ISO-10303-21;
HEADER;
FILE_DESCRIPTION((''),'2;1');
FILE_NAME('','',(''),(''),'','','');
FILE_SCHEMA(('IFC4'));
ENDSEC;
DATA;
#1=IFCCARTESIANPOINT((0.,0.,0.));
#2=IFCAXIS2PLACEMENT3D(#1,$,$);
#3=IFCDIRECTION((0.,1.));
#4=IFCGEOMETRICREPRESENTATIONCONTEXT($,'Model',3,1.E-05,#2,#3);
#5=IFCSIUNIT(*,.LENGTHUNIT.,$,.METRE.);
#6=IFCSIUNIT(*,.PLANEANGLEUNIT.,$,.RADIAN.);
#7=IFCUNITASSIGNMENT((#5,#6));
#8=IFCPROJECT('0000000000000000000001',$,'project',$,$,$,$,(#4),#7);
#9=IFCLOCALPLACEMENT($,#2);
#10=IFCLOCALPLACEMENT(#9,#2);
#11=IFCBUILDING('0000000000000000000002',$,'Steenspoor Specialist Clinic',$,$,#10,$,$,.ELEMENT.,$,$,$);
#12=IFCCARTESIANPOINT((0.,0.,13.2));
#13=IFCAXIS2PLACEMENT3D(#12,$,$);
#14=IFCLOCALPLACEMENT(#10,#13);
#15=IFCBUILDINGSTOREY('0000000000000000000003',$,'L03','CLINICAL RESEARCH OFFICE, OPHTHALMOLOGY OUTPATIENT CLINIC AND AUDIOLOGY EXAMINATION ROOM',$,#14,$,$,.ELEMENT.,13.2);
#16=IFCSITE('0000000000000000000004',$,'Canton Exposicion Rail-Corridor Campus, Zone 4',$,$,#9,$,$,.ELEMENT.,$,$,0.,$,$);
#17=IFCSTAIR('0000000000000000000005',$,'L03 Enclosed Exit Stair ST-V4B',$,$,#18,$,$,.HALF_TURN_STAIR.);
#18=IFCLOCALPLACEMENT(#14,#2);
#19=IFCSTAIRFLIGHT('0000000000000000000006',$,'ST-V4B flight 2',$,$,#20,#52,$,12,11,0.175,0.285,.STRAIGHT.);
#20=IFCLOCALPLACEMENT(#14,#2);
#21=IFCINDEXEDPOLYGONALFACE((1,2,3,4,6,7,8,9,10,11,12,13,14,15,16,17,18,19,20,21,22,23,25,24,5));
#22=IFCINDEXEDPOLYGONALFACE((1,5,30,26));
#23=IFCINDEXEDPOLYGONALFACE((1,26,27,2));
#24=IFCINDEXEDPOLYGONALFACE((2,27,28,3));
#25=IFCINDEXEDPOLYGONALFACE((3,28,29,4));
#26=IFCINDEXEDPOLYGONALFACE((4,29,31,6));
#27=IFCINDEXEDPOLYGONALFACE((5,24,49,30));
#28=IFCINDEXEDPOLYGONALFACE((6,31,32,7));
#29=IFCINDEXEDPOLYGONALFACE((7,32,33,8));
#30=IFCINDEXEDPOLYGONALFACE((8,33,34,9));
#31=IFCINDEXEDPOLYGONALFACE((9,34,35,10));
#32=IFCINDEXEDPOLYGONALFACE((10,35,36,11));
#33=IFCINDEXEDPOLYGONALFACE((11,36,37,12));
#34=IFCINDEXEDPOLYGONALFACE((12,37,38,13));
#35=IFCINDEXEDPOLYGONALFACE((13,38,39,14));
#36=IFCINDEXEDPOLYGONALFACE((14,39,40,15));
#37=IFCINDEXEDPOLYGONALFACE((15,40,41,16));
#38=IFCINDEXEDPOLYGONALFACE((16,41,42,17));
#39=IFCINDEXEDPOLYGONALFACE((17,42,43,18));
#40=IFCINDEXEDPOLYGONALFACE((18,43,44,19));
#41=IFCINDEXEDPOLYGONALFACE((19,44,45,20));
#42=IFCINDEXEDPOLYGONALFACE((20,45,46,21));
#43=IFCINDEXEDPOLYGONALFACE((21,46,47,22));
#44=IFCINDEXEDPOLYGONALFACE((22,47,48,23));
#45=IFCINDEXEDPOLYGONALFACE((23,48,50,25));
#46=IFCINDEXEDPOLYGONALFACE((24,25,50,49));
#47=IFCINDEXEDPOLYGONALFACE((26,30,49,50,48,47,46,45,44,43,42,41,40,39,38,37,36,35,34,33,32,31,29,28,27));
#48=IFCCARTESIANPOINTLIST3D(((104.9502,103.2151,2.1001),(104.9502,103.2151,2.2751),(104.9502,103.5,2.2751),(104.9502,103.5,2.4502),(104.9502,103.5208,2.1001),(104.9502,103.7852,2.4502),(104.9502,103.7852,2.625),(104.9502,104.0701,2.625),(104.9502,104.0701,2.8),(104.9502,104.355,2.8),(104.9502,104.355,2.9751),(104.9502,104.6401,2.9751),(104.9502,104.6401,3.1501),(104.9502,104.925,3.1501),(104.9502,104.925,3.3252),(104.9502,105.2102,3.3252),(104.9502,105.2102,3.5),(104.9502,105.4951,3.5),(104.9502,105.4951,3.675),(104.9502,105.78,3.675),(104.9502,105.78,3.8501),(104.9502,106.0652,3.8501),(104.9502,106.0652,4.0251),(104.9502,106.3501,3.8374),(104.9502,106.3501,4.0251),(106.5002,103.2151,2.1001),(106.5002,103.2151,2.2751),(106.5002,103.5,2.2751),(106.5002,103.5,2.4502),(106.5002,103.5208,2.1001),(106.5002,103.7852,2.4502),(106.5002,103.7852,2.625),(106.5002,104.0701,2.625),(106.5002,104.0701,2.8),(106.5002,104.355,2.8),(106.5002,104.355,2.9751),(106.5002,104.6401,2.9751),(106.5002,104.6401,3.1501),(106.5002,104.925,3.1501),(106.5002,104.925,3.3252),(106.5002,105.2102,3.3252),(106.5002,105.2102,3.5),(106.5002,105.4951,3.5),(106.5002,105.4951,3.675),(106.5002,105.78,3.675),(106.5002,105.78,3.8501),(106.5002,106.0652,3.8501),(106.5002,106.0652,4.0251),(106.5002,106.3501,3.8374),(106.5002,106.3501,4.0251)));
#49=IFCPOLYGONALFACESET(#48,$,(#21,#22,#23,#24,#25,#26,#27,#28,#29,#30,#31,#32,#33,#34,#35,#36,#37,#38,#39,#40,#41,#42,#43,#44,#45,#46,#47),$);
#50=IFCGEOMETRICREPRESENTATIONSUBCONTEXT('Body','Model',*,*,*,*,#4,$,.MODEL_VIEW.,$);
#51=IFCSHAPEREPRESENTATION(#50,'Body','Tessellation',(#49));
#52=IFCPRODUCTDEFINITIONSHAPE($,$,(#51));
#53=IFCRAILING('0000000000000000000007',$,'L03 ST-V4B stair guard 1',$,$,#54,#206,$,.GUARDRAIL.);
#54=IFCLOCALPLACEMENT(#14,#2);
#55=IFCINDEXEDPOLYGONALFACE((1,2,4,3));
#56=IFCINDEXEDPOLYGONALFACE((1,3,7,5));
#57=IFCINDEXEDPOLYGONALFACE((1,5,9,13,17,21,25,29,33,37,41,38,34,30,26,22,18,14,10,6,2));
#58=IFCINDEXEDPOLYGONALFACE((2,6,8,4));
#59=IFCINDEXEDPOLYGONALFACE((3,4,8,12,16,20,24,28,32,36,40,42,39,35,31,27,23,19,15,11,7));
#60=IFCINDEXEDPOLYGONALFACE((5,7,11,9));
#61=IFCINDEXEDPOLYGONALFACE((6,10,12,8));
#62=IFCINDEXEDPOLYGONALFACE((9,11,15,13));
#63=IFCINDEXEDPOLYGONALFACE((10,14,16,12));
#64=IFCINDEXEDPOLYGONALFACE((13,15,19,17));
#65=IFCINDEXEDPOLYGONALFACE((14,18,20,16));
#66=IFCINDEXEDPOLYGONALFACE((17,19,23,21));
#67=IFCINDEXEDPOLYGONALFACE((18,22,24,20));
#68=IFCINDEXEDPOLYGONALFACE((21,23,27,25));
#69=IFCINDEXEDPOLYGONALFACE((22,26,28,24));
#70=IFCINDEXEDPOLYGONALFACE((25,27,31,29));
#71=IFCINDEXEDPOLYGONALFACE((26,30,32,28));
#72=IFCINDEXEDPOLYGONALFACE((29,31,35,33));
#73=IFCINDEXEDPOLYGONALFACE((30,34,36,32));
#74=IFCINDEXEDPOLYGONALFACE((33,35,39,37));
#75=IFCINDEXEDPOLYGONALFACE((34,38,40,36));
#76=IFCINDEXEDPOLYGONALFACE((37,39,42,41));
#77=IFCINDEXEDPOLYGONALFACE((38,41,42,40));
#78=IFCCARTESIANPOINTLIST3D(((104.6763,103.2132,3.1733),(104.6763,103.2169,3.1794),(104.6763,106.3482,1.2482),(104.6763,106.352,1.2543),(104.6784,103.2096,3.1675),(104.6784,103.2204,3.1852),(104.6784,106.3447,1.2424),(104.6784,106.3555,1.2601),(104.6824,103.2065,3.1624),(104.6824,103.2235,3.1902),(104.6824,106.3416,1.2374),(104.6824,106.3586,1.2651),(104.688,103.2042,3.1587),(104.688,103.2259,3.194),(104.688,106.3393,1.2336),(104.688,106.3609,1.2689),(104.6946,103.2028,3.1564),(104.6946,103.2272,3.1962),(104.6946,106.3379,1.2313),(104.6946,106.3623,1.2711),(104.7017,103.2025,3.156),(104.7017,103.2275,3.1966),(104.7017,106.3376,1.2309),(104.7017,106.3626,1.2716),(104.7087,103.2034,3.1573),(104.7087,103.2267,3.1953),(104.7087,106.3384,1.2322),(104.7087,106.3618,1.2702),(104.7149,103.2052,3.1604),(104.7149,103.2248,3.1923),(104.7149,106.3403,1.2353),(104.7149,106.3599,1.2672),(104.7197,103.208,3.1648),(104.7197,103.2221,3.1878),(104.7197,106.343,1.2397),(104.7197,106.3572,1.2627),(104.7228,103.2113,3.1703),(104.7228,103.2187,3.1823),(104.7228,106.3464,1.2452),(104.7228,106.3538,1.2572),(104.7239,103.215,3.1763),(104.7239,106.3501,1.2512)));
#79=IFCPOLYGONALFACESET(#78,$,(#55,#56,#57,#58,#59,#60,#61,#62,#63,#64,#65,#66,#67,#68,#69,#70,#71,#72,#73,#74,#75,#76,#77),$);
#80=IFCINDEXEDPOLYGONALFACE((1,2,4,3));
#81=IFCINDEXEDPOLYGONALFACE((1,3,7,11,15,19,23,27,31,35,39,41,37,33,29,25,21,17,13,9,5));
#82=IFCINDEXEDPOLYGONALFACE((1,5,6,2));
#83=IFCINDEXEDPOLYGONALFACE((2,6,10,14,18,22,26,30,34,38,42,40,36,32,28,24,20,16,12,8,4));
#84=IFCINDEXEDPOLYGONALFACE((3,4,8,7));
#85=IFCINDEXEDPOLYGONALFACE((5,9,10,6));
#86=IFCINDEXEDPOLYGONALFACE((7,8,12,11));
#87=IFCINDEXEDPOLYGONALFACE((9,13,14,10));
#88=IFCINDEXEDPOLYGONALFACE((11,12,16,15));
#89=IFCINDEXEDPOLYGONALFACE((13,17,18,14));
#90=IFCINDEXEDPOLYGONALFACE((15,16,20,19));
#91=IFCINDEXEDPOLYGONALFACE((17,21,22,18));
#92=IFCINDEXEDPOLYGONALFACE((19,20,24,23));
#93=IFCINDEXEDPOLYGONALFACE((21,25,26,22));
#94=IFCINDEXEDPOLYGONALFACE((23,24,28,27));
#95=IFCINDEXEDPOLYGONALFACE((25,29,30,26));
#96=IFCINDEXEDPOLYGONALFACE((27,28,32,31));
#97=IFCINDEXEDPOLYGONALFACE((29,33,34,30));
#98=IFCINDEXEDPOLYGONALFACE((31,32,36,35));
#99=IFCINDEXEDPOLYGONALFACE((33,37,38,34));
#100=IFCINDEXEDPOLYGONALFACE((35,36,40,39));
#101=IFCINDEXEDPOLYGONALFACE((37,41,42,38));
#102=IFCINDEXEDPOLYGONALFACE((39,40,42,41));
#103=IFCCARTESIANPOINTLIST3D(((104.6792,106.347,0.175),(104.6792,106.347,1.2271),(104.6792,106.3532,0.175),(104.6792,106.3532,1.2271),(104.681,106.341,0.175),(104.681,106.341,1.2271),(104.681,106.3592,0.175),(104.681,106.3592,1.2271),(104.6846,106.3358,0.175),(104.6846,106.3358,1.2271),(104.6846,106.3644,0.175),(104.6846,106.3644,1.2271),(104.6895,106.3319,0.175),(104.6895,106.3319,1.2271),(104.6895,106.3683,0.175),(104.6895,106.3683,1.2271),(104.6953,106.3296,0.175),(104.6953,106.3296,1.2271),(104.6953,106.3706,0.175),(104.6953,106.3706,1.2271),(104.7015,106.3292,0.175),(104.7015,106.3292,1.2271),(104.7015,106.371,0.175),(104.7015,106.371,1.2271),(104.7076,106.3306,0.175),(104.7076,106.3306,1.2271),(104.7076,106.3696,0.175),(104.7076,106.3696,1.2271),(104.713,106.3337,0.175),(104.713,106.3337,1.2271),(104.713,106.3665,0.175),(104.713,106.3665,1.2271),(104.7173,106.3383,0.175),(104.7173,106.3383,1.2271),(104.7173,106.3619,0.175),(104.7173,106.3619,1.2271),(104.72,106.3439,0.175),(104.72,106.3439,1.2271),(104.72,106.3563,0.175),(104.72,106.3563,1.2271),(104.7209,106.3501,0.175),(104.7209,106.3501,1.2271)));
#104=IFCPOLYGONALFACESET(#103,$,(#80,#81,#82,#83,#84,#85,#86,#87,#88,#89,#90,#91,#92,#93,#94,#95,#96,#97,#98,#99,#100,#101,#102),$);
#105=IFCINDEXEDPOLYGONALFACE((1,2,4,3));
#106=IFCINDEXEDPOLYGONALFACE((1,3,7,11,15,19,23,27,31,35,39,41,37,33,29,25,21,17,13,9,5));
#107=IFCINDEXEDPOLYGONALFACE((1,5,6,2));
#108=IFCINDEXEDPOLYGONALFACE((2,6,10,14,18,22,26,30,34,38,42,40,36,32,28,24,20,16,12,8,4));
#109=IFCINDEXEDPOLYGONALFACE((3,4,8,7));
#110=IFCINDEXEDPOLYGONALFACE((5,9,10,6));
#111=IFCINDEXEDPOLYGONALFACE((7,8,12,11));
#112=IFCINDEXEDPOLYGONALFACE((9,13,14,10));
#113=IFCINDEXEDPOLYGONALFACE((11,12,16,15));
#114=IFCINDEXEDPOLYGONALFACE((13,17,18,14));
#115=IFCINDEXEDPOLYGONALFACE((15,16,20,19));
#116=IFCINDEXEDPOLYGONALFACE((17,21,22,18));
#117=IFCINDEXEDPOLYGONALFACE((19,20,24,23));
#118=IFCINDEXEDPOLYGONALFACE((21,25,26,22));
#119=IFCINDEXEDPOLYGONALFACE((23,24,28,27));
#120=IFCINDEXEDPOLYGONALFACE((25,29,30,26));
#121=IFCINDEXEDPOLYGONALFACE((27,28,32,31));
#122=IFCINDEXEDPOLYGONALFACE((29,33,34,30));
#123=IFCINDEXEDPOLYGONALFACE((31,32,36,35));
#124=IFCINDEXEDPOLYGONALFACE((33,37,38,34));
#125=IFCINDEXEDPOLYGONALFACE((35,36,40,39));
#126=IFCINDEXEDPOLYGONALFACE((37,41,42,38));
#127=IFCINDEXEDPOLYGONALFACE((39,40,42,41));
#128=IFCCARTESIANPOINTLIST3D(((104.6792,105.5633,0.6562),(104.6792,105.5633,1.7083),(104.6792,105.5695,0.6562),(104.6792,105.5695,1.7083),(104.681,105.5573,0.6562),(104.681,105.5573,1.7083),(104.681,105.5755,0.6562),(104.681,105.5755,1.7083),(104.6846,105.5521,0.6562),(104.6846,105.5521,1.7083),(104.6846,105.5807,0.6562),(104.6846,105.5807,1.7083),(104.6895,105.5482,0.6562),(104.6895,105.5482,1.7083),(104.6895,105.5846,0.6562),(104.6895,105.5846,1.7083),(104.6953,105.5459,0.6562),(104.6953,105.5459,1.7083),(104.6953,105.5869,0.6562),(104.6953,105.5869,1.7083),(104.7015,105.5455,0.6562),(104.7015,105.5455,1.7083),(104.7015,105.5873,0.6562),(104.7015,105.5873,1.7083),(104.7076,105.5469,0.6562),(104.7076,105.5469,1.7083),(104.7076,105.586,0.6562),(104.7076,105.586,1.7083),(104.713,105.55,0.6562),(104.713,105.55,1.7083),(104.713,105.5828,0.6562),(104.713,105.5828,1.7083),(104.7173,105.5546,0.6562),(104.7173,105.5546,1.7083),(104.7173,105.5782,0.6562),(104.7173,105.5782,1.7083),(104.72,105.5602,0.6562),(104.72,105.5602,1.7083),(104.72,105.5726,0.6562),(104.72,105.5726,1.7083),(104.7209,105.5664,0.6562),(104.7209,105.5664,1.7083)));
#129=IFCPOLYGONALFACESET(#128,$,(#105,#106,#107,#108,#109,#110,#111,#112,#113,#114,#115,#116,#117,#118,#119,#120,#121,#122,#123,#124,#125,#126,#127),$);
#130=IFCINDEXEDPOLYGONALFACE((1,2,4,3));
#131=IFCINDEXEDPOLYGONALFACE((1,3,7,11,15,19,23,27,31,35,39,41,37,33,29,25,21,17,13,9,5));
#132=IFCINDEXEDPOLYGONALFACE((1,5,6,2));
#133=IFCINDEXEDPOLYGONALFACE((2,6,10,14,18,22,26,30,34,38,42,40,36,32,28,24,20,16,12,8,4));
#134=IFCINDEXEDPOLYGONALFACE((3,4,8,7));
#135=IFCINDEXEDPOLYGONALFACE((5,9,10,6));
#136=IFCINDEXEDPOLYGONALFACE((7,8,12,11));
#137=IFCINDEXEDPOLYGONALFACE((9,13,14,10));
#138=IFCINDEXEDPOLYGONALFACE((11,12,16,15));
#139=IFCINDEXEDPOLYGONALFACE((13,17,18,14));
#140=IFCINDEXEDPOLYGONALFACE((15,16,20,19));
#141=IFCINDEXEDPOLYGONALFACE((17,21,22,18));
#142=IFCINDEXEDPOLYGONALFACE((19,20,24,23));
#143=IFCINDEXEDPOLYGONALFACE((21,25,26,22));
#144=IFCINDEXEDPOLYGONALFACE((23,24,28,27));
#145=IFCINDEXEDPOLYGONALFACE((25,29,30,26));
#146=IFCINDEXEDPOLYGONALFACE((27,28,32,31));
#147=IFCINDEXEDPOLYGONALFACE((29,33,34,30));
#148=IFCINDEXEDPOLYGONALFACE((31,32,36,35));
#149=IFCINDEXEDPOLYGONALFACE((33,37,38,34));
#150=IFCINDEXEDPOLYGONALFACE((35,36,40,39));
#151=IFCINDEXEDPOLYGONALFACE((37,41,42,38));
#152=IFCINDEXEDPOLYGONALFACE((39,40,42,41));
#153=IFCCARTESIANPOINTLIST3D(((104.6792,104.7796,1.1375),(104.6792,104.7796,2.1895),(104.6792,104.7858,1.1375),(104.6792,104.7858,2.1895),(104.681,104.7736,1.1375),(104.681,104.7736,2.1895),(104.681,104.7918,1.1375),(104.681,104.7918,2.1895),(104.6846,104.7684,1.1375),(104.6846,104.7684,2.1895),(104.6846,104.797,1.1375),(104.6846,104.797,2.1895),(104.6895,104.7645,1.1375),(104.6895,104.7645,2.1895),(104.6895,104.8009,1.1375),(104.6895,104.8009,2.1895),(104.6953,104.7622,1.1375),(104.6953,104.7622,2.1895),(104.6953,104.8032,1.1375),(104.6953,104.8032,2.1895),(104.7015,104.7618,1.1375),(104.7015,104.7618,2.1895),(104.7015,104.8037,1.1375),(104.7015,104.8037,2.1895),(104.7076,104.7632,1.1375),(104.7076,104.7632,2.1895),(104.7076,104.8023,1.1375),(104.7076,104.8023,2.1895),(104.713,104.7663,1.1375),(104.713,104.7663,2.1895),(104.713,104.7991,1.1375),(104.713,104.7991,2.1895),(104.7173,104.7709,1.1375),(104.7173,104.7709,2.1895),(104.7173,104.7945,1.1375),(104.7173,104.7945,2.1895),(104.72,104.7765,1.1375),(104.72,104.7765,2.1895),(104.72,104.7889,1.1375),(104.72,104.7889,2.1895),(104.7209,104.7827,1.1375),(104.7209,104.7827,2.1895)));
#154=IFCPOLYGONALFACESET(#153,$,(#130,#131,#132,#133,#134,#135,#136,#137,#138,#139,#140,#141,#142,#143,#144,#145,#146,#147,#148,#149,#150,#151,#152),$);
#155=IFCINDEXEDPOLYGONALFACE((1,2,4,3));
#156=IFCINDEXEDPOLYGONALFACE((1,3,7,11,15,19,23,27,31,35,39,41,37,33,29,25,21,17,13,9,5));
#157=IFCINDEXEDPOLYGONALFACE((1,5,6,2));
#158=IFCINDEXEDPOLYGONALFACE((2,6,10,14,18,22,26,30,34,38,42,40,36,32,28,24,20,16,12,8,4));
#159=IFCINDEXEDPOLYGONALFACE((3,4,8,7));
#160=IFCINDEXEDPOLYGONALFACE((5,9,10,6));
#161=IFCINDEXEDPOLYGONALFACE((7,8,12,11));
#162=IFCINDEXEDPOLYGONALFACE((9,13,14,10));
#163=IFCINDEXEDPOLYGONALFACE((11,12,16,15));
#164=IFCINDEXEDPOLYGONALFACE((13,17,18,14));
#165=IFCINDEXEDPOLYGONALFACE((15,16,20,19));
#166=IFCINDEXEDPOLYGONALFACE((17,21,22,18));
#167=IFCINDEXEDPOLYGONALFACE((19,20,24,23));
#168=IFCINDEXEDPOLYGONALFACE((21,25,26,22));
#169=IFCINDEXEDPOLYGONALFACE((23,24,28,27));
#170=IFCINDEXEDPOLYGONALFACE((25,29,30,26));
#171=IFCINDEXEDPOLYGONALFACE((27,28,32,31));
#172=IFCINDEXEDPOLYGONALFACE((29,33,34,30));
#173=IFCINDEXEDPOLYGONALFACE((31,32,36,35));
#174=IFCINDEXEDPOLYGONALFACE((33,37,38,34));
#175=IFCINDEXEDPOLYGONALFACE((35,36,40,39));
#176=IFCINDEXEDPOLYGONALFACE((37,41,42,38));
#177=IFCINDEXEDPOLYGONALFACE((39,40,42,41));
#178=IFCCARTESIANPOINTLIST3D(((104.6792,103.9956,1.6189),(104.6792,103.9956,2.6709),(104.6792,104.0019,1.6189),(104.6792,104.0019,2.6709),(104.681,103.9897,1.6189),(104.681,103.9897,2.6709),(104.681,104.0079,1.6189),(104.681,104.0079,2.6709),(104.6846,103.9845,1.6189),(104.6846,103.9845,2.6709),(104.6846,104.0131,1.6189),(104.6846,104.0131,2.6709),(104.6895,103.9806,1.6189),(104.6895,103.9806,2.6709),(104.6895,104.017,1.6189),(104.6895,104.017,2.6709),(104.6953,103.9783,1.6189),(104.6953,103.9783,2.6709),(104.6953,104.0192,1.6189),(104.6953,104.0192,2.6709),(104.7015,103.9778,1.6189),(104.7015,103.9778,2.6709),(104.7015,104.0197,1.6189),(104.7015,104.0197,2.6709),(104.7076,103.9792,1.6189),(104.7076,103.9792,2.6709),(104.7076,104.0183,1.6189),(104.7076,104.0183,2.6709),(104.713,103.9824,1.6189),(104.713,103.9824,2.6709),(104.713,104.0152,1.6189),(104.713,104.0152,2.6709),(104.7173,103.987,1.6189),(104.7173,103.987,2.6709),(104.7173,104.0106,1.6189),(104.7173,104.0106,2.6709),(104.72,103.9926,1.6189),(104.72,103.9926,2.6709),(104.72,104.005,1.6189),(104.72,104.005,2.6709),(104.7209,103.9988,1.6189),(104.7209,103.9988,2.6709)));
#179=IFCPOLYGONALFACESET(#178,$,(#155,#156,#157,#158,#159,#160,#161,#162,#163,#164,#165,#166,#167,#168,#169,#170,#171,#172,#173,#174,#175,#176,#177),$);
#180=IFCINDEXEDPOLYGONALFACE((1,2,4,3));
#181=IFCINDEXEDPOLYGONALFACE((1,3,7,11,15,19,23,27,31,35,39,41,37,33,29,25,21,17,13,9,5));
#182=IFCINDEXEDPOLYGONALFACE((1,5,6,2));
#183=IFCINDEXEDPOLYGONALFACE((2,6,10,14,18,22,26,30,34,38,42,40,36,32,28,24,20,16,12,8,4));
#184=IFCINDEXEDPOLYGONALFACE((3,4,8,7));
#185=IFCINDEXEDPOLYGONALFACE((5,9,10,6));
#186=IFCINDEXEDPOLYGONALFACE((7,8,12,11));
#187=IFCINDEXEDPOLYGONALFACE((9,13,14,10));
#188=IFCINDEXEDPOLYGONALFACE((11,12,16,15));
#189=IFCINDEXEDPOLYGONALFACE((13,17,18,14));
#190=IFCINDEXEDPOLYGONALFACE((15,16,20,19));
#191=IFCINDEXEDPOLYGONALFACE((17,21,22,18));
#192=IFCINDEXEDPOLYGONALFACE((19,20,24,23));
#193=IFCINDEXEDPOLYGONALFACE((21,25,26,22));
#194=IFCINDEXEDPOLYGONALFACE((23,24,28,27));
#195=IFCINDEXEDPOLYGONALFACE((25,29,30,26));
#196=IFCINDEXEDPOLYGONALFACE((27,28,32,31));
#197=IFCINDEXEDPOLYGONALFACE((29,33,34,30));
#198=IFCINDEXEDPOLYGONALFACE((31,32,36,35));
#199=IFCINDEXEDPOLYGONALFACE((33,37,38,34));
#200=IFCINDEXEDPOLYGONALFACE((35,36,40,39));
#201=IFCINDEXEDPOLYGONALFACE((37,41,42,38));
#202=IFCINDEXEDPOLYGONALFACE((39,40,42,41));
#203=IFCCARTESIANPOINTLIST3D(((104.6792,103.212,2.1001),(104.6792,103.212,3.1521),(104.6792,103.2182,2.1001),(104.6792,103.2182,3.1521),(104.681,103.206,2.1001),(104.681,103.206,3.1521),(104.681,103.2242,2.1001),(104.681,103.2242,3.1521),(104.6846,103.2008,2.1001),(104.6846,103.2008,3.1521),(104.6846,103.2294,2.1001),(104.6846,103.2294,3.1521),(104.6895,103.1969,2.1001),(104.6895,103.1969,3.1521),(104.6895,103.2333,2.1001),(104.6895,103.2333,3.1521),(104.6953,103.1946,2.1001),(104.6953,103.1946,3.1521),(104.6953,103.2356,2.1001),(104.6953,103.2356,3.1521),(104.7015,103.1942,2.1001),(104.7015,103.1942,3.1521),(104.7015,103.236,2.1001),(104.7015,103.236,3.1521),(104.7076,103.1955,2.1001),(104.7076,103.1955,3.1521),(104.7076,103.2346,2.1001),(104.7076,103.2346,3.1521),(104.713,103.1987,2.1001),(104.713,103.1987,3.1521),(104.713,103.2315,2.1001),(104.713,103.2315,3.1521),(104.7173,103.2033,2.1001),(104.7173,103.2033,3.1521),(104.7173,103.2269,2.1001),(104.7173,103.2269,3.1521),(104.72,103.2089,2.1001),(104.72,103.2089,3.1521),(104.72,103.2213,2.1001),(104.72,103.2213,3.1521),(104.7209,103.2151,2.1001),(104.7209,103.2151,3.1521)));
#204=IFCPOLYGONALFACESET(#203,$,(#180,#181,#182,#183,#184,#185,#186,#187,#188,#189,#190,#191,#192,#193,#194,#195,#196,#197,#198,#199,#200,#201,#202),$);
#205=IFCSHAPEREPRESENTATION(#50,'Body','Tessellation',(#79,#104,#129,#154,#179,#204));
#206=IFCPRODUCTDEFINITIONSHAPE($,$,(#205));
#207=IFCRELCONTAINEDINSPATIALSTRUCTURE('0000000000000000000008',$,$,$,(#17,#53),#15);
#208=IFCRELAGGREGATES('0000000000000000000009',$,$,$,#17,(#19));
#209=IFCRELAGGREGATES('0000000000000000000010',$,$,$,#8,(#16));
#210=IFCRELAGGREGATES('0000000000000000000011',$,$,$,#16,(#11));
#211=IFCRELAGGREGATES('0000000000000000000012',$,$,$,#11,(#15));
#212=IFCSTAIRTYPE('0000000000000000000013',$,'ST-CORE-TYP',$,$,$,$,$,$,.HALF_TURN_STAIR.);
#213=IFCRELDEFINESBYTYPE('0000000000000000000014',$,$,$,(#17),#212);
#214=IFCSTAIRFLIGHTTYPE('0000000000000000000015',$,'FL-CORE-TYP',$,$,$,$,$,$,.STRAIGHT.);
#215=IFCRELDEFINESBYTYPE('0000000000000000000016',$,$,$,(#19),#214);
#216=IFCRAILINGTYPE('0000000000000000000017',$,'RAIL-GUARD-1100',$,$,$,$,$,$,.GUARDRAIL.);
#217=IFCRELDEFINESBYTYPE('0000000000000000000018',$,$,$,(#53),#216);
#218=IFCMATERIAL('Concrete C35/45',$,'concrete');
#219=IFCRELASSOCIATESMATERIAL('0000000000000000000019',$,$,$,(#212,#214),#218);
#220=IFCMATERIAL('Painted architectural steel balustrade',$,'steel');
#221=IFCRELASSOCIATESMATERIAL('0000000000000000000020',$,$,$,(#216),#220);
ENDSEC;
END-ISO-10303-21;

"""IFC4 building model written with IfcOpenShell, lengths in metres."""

from ifc_helpers import new_model, si_unit, direction, frame, origin, origin_2d, place, context, subcontext, project, spatial, polyline, circle, outline, extrude, material, type_object, element, aggregate, save


model = new_model("IFC4")

# Units and contexts
model_context = context("Model", 3, precision=1e-05, world=origin(), true_north=direction((0.0, 1.0)))
body_context = subcontext(model_context, "Body", "Model", "MODEL_VIEW")
ifc_project = project(units=[si_unit("LENGTHUNIT", "METRE"), si_unit("PLANEANGLEUNIT", "RADIAN")], contexts=[model_context])

# Site, building, storey
site_placement = place(None, origin())
site = spatial("IfcSite", under=ifc_project, at=site_placement, Name="Canton Exposicion Rail-Corridor Campus, Zone 4", CompositionType="ELEMENT", RefElevation=0.0)
building_placement = place(site_placement, origin())
building = spatial("IfcBuilding", under=site, at=building_placement, Name="Steenspoor Specialist Clinic", CompositionType="ELEMENT")
storey_placement = place(building_placement, frame((0.0, 0.0, 13.2)))
storey = spatial("IfcBuildingStorey", under=building, at=storey_placement, Name="L03", Description="CLINICAL RESEARCH OFFICE, OPHTHALMOLOGY OUTPATIENT CLINIC AND AUDIOLOGY EXAMINATION ROOM", CompositionType="ELEMENT", Elevation=13.2)

# Shared definitions
ifc_material_1 = material(Name="Concrete C35/45", Category="concrete")

# Stair, stair flight
stair_type = type_object("IfcStairType", Name="ST-CORE-TYP", PredefinedType="HALF_TURN_STAIR", material=ifc_material_1)
stair_placement = place(storey_placement, origin())
stair = element("IfcStair", 1, at=stair_placement, inside=storey, type_object=stair_type, Name="L03 Enclosed Exit Stair ST-V4B", PredefinedType="HALF_TURN_STAIR")
stair_flight_type = type_object("IfcStairFlightType", Name="FL-CORE-TYP", PredefinedType="STRAIGHT", material=ifc_material_1)
stair_flight_1_placement = place(storey_placement, frame((105.7251, 103.2151, 2.1001), z_axis=(0.0, 0.0, 1.0), x_axis=(0.0, 1.0, 0.0)))
stair_flight_1 = element("IfcStairFlight", 2, at=stair_flight_1_placement, type_object=stair_flight_type, Name="ST-V4B flight 2", NumberOfRisers=12, NumberOfTreads=11, PredefinedType="STRAIGHT", RiserHeight=0.175, TreadLength=0.285, context=body_context, shape_type="SweptSolid", body=[
    extrude(outline(polyline([(0.0, 0.0), (0.0, 0.175), (0.2849, 0.175), (0.2849, 0.3501), (0.5701, 0.3501), (0.5701, 0.5249), (0.855, 0.5249), (0.855, 0.7), (1.1399, 0.7), (1.1399, 0.875), (1.425, 0.875), (1.425, 1.05), (1.71, 1.05), (1.71, 1.2251), (1.9951, 1.2251), (1.9951, 1.3999), (2.28, 1.3999), (2.28, 1.575), (2.5649, 1.575), (2.5649, 1.75), (2.8501, 1.75), (2.8501, 1.925), (3.135, 1.925), (3.135, 2.1001), (3.135, 1.7373), (0.3057, 0.0), (0.0, 0.0)])), frame((0.0, 0.7749, 0.0), z_axis=(0.0, -1.0, 0.0), x_axis=(1.0, 0.0, 0.0)), (0.0, 0.0, 1.0), 1.55),
])
aggregate(stair, [stair_flight_1])

# Railing
ifc_material_2 = material(Name="Painted architectural steel balustrade", Category="steel")
railing_type_1 = type_object("IfcRailingType", Name="RAIL-GUARD-1100", PredefinedType="GUARDRAIL", material=ifc_material_2)
railing_1_placement = place(storey_placement, frame((104.7, 106.3501, 0.175)))
element("IfcRailing", 3, at=railing_1_placement, inside=storey, type_object=railing_type_1, Name="L03 ST-V4B stair guard 1", PredefinedType="GUARDRAIL", context=body_context, shape_type="SweptSolid", body=[
    extrude(circle(Radius=0.0239, at=origin_2d()), frame((0.0, 0.0, 1.0762), z_axis=(0.0, -0.852166, 0.523271), x_axis=(1.0, 0.0, 0.0)), (0.0, 0.0, 1.0), 3.679),
    extrude(circle(Radius=0.021, at=origin_2d()), origin(), (0.0, 0.0, 1.0), 1.052),
    extrude(circle(Radius=0.021, at=origin_2d()), frame((0.0, -0.7837, 0.4812)), (0.0, 0.0, 1.0), 1.052),
    extrude(circle(Radius=0.021, at=origin_2d()), frame((0.0, -1.5674, 0.9624)), (0.0, 0.0, 1.0), 1.052),
    extrude(circle(Radius=0.021, at=origin_2d()), frame((0.0, -2.3513, 1.4438)), (0.0, 0.0, 1.0), 1.052),
    extrude(circle(Radius=0.021, at=origin_2d()), frame((0.0, -3.135, 1.925)), (0.0, 0.0, 1.0), 1.052),
])

save(model, "model.ifc")
